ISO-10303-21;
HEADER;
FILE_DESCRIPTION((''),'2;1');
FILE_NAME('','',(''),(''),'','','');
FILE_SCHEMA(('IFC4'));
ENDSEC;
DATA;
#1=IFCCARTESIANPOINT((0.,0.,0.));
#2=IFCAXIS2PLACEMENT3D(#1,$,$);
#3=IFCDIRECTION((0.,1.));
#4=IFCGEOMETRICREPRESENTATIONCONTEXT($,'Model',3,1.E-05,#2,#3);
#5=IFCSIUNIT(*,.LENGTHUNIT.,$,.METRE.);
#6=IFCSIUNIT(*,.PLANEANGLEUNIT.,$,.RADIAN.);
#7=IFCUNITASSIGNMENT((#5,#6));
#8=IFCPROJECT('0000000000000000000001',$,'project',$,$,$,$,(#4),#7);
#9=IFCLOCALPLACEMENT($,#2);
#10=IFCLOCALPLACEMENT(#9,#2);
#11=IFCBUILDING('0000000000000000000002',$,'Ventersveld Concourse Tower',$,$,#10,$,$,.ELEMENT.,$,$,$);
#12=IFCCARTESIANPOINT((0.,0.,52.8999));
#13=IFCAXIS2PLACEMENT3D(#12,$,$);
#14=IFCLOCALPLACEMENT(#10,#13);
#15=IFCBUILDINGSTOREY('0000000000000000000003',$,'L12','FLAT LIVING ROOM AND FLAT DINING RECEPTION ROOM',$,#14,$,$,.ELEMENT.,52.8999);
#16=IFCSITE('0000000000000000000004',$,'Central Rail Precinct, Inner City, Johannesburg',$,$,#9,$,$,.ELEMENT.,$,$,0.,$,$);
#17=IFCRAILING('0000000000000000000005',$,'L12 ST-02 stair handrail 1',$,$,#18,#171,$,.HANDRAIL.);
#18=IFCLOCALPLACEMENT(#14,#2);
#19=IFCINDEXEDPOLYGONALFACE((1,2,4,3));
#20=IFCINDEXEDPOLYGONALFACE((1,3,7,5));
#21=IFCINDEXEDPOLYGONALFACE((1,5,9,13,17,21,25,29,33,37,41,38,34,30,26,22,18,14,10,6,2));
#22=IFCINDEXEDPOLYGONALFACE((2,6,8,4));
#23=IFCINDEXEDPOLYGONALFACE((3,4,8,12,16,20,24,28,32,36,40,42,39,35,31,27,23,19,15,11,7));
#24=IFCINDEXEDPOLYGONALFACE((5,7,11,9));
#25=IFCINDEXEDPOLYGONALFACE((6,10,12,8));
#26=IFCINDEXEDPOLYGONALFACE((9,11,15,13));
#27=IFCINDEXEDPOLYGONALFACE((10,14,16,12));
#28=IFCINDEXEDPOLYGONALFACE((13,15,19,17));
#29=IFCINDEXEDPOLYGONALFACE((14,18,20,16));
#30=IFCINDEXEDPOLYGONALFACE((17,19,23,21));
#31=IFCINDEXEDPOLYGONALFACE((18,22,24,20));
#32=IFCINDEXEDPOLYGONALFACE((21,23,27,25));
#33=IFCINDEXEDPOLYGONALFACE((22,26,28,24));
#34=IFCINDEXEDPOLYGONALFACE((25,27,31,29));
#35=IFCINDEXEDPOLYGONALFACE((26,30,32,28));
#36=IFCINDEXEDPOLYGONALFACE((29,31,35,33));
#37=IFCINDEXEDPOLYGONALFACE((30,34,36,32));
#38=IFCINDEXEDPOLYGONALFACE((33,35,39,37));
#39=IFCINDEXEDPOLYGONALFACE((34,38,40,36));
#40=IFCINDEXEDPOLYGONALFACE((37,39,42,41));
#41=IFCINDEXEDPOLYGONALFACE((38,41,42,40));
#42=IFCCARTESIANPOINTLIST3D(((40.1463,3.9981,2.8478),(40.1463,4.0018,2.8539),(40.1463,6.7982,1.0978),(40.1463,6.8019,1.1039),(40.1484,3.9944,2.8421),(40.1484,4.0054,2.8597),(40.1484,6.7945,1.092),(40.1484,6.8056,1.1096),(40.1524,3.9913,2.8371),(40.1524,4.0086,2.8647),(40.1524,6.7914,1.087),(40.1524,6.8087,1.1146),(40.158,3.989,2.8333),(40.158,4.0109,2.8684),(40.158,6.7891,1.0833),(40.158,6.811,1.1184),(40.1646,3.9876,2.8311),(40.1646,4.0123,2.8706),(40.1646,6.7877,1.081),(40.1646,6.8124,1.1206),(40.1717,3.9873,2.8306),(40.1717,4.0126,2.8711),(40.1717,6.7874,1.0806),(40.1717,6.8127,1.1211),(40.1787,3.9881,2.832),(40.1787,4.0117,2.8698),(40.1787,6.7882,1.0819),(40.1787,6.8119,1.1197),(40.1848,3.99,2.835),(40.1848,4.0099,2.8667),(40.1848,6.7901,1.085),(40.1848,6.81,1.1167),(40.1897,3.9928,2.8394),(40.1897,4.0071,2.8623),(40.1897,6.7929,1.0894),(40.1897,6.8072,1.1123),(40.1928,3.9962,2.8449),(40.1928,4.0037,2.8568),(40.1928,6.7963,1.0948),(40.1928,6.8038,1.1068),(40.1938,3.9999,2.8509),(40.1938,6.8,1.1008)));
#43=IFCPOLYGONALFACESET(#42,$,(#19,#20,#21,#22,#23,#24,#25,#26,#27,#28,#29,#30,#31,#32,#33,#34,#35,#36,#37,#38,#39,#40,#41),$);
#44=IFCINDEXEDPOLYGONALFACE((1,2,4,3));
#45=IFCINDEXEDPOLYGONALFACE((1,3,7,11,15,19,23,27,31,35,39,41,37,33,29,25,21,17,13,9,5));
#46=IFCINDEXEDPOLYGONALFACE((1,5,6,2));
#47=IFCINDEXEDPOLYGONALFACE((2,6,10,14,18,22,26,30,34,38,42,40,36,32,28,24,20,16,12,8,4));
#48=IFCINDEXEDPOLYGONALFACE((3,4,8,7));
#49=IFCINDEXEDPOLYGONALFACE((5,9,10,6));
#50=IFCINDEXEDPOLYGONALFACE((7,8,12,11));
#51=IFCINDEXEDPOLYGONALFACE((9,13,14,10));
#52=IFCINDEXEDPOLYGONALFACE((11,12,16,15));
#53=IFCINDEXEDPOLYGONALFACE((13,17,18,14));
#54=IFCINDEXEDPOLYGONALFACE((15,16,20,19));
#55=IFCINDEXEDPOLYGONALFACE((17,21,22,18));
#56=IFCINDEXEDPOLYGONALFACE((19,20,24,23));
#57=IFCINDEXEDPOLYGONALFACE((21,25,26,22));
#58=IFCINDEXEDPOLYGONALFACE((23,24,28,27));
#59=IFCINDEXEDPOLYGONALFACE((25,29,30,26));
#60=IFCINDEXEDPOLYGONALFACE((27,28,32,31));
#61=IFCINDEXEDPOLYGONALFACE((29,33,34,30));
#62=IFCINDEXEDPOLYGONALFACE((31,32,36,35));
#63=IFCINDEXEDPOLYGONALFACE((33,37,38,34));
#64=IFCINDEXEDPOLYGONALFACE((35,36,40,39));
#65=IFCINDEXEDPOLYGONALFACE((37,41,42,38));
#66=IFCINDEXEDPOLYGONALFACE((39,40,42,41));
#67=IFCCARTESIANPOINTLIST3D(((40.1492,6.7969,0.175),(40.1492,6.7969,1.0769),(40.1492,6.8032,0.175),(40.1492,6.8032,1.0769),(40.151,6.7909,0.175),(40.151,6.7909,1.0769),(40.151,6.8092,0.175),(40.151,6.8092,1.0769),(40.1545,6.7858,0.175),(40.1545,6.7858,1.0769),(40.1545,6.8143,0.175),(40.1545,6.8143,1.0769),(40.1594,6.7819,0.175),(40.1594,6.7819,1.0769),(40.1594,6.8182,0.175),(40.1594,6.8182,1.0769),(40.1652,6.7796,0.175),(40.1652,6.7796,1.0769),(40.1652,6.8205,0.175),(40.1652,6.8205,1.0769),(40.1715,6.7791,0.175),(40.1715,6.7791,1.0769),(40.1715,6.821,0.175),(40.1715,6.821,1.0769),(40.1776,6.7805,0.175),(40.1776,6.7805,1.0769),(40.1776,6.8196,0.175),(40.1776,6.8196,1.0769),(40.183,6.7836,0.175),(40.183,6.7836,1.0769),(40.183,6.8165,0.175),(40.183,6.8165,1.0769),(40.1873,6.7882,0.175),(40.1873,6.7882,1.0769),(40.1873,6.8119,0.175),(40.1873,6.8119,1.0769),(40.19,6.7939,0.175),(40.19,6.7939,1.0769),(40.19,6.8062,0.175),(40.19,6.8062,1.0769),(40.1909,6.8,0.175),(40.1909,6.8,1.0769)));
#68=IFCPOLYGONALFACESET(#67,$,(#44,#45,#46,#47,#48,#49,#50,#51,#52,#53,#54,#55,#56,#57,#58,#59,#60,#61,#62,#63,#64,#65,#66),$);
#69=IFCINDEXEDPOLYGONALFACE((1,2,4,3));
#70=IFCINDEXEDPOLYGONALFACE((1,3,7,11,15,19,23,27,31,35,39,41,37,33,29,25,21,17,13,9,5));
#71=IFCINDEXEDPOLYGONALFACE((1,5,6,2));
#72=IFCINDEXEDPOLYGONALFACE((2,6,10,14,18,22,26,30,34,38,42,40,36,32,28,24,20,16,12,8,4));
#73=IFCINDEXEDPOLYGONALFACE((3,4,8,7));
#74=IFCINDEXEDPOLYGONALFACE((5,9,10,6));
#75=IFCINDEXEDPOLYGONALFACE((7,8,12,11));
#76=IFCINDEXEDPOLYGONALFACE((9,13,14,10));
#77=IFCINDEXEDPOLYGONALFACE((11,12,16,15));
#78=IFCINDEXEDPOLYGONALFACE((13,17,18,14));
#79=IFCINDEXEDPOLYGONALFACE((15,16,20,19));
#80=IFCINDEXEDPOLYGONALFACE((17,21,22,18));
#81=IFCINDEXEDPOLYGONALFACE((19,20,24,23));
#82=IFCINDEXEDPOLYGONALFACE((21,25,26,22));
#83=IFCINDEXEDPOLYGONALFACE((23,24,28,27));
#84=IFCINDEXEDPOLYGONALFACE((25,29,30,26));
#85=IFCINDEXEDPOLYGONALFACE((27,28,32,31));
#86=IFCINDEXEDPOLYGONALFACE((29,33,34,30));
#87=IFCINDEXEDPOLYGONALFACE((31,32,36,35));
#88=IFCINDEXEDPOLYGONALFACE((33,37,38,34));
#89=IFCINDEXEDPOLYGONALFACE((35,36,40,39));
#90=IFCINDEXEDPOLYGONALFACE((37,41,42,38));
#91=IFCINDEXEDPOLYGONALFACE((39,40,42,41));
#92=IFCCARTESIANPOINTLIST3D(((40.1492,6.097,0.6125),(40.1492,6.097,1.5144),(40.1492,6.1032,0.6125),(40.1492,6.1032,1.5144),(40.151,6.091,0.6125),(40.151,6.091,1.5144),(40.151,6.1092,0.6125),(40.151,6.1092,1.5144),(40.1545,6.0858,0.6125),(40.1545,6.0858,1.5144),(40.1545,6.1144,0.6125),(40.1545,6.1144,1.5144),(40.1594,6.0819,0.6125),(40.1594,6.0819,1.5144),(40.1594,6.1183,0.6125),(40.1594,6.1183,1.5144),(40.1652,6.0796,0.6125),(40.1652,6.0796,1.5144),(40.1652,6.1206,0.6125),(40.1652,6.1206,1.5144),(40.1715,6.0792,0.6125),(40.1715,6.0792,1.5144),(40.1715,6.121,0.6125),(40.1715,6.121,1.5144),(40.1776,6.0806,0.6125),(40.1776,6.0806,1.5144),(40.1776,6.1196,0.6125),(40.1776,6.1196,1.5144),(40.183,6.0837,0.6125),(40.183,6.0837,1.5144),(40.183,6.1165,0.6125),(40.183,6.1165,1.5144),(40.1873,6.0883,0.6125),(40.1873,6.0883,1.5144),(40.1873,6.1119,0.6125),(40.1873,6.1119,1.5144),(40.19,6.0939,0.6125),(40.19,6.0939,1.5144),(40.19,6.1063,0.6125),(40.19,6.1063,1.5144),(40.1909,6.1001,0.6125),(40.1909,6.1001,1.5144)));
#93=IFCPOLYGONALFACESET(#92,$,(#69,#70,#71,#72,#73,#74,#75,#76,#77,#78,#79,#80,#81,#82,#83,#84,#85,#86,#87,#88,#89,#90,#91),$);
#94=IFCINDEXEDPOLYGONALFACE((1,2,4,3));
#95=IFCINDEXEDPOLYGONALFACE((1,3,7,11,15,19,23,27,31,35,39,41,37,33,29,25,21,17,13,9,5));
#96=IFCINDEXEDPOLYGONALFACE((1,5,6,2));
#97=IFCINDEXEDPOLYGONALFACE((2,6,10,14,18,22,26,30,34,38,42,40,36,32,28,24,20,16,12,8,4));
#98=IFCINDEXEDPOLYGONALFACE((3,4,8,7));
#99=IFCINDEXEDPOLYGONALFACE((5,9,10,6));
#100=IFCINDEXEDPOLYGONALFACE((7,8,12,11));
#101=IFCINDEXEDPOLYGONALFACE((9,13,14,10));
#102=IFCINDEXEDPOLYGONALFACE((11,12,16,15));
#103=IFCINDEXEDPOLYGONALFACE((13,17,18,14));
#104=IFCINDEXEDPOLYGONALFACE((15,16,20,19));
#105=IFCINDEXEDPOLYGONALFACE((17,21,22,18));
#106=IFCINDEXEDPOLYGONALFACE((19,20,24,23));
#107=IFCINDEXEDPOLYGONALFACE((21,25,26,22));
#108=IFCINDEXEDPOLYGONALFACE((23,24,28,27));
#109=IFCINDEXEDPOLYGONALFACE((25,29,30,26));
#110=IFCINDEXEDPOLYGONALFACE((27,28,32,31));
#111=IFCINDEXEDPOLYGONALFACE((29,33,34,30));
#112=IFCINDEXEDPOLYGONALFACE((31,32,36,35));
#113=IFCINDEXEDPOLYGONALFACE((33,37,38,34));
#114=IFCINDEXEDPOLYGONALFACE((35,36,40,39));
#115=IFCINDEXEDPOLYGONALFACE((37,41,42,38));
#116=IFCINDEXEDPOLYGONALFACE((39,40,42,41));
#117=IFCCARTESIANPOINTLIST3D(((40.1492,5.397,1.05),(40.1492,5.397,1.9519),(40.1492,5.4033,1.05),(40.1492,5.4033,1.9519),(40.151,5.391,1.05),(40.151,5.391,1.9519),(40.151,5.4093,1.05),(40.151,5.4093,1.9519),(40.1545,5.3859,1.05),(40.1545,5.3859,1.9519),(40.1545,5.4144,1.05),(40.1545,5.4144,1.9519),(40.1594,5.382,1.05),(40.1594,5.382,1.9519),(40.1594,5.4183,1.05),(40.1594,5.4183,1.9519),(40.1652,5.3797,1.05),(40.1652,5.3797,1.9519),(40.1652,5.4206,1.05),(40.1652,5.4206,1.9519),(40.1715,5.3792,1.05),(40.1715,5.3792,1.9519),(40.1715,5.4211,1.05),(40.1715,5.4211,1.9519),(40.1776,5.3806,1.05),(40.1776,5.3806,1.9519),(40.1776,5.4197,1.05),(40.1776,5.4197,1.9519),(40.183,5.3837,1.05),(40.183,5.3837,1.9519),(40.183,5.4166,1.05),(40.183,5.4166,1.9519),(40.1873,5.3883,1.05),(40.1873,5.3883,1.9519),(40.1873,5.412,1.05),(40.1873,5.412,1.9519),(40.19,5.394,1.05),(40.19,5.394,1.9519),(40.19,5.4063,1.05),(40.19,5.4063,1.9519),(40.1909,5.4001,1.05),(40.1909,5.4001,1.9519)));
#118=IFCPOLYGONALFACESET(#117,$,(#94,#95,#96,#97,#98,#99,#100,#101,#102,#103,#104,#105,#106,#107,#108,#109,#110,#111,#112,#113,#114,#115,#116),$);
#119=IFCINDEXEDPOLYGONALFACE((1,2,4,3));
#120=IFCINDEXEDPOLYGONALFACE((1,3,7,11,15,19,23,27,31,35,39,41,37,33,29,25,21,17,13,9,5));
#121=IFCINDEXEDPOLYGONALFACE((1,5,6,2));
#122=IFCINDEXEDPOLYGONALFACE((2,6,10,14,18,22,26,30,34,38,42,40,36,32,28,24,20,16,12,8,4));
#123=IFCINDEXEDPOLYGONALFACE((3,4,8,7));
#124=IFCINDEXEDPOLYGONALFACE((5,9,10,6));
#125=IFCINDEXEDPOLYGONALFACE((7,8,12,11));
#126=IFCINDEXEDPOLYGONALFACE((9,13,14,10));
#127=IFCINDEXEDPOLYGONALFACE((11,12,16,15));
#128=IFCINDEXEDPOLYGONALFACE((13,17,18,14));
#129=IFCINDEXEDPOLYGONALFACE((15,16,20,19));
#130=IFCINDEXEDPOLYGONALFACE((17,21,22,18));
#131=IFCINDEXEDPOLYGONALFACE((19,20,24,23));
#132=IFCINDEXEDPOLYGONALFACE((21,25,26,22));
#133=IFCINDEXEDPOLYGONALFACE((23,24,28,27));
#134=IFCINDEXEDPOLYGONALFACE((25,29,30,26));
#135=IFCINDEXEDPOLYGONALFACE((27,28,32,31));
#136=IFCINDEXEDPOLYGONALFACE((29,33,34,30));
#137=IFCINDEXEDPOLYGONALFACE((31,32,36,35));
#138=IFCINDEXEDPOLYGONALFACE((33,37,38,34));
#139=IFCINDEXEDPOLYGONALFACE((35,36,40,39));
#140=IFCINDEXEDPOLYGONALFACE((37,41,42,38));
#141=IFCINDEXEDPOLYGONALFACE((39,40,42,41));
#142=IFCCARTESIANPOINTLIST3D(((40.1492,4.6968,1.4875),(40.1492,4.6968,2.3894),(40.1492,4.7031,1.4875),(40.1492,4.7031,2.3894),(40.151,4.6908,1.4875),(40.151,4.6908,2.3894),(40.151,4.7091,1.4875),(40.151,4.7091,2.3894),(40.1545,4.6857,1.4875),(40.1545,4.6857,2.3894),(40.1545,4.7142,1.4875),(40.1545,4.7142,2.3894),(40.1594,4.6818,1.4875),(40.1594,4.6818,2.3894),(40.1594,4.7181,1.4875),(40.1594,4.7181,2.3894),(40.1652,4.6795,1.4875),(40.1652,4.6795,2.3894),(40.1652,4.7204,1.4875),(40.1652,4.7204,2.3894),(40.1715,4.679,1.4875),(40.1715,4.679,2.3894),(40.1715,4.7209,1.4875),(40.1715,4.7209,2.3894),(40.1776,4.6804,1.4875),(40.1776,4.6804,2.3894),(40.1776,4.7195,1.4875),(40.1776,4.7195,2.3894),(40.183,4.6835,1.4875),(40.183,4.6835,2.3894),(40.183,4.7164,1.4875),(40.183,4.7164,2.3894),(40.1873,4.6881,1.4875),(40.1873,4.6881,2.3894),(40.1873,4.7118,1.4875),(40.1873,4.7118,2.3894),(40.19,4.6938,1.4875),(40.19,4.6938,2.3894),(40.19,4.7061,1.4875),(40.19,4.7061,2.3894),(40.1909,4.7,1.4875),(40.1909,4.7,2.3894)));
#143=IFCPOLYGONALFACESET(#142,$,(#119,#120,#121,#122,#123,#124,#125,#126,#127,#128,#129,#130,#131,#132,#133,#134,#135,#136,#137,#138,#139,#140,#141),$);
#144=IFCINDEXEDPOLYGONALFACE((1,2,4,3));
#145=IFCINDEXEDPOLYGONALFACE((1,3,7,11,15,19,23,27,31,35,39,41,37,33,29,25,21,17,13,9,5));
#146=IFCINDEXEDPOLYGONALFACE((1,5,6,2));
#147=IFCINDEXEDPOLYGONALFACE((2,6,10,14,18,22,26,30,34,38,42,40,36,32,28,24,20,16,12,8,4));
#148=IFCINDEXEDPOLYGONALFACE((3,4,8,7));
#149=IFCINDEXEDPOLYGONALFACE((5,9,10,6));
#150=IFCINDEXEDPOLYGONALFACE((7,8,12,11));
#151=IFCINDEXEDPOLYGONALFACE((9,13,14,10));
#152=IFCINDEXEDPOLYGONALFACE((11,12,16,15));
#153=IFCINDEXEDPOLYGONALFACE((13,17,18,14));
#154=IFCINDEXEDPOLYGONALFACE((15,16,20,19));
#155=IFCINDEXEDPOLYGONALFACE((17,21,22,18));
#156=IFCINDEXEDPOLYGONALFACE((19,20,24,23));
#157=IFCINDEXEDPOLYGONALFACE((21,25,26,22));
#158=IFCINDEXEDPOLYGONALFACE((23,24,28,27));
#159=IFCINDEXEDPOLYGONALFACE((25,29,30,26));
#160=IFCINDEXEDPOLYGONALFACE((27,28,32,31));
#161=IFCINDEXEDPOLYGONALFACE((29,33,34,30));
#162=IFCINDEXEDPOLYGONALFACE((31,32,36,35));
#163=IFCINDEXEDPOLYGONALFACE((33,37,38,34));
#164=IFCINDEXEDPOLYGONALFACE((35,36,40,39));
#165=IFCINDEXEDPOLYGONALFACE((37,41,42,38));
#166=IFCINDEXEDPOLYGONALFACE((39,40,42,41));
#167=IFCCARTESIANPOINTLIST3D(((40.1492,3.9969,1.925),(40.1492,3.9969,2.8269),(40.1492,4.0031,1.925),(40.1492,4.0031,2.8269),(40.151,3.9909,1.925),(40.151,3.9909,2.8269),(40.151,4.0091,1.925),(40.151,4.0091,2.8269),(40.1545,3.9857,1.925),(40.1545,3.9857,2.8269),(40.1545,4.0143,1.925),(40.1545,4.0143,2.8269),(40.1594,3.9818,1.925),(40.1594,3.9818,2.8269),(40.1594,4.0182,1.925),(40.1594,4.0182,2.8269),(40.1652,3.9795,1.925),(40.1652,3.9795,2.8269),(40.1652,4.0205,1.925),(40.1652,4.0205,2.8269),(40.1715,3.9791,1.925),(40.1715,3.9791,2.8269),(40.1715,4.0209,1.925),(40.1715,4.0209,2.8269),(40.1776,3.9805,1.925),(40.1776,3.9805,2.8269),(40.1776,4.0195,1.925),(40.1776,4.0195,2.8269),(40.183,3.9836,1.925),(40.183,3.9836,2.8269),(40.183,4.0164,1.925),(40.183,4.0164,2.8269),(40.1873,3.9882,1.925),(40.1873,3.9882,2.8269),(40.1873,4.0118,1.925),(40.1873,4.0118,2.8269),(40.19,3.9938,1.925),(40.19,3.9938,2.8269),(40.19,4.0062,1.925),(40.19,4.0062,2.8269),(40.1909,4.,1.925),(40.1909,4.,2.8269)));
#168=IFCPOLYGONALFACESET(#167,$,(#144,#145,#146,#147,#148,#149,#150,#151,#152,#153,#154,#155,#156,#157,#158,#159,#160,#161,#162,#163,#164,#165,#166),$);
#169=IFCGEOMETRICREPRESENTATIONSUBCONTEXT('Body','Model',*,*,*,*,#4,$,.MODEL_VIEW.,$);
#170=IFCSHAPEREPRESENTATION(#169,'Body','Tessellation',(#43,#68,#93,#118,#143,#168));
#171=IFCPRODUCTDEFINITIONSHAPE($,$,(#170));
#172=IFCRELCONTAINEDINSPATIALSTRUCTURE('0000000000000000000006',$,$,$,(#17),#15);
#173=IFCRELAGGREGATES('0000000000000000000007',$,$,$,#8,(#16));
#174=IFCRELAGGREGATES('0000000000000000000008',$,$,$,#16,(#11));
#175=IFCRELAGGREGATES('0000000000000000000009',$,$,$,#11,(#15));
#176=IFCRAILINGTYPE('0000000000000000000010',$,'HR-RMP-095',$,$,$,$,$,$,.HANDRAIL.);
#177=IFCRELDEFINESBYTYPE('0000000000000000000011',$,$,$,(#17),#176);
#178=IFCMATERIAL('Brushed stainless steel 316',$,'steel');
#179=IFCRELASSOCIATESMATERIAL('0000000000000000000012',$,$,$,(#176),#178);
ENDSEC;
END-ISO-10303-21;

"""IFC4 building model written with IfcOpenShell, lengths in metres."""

from ifc_helpers import new_model, si_unit, direction, frame, origin, origin_2d, place, context, subcontext, project, spatial, circle, extrude, material, type_object, element, save


model = new_model("IFC4")

# Units and contexts
model_context = context("Model", 3, precision=1e-05, world=origin(), true_north=direction((0.0, 1.0)))
body_context = subcontext(model_context, "Body", "Model", "MODEL_VIEW")
ifc_project = project(units=[si_unit("LENGTHUNIT", "METRE"), si_unit("PLANEANGLEUNIT", "RADIAN")], contexts=[model_context])

# Site, building, storey
site_placement = place(None, origin())
site = spatial("IfcSite", under=ifc_project, at=site_placement, Name="Central Rail Precinct, Inner City, Johannesburg", CompositionType="ELEMENT", RefElevation=0.0)
building_placement = place(site_placement, origin())
building = spatial("IfcBuilding", under=site, at=building_placement, Name="Ventersveld Concourse Tower", CompositionType="ELEMENT")
storey_placement = place(building_placement, frame((0.0, 0.0, 52.8999)))
storey = spatial("IfcBuildingStorey", under=building, at=storey_placement, Name="L12", Description="FLAT LIVING ROOM AND FLAT DINING RECEPTION ROOM", CompositionType="ELEMENT", Elevation=52.8999)

# Shared definitions
ifc_material_1 = material(Name="Brushed stainless steel 316", Category="steel")

# Railing
railing_type_1 = type_object("IfcRailingType", Name="HR-RMP-095", PredefinedType="HANDRAIL", material=ifc_material_1)
railing_1_placement = place(storey_placement, frame((40.1699, 6.8, 0.175)))
element("IfcRailing", 1, at=railing_1_placement, inside=storey, type_object=railing_type_1, Name="L12 ST-02 stair handrail 1", PredefinedType="HANDRAIL", context=body_context, shape_type="SweptSolid", body=[
    extrude(circle(Radius=0.0239, at=origin_2d()), frame((0.0, 0.0, 0.9258), z_axis=(0.0, -0.848002, 0.529992), x_axis=(1.0, 0.0, 0.0)), (0.0, 0.0, 1.0), 3.302),
    extrude(circle(Radius=0.021, at=origin_2d()), origin(), (0.0, 0.0, 1.0), 0.9019),
    extrude(circle(Radius=0.021, at=origin_2d()), frame((0.0, -0.7, 0.4375)), (0.0, 0.0, 1.0), 0.9019),
    extrude(circle(Radius=0.021, at=origin_2d()), frame((0.0, -1.3999, 0.875)), (0.0, 0.0, 1.0), 0.9019),
    extrude(circle(Radius=0.021, at=origin_2d()), frame((0.0, -2.1001, 1.3125)), (0.0, 0.0, 1.0), 0.9019),
    extrude(circle(Radius=0.021, at=origin_2d()), frame((0.0, -2.8, 1.75)), (0.0, 0.0, 1.0), 0.9019),
])

save(model, "model.ifc")
